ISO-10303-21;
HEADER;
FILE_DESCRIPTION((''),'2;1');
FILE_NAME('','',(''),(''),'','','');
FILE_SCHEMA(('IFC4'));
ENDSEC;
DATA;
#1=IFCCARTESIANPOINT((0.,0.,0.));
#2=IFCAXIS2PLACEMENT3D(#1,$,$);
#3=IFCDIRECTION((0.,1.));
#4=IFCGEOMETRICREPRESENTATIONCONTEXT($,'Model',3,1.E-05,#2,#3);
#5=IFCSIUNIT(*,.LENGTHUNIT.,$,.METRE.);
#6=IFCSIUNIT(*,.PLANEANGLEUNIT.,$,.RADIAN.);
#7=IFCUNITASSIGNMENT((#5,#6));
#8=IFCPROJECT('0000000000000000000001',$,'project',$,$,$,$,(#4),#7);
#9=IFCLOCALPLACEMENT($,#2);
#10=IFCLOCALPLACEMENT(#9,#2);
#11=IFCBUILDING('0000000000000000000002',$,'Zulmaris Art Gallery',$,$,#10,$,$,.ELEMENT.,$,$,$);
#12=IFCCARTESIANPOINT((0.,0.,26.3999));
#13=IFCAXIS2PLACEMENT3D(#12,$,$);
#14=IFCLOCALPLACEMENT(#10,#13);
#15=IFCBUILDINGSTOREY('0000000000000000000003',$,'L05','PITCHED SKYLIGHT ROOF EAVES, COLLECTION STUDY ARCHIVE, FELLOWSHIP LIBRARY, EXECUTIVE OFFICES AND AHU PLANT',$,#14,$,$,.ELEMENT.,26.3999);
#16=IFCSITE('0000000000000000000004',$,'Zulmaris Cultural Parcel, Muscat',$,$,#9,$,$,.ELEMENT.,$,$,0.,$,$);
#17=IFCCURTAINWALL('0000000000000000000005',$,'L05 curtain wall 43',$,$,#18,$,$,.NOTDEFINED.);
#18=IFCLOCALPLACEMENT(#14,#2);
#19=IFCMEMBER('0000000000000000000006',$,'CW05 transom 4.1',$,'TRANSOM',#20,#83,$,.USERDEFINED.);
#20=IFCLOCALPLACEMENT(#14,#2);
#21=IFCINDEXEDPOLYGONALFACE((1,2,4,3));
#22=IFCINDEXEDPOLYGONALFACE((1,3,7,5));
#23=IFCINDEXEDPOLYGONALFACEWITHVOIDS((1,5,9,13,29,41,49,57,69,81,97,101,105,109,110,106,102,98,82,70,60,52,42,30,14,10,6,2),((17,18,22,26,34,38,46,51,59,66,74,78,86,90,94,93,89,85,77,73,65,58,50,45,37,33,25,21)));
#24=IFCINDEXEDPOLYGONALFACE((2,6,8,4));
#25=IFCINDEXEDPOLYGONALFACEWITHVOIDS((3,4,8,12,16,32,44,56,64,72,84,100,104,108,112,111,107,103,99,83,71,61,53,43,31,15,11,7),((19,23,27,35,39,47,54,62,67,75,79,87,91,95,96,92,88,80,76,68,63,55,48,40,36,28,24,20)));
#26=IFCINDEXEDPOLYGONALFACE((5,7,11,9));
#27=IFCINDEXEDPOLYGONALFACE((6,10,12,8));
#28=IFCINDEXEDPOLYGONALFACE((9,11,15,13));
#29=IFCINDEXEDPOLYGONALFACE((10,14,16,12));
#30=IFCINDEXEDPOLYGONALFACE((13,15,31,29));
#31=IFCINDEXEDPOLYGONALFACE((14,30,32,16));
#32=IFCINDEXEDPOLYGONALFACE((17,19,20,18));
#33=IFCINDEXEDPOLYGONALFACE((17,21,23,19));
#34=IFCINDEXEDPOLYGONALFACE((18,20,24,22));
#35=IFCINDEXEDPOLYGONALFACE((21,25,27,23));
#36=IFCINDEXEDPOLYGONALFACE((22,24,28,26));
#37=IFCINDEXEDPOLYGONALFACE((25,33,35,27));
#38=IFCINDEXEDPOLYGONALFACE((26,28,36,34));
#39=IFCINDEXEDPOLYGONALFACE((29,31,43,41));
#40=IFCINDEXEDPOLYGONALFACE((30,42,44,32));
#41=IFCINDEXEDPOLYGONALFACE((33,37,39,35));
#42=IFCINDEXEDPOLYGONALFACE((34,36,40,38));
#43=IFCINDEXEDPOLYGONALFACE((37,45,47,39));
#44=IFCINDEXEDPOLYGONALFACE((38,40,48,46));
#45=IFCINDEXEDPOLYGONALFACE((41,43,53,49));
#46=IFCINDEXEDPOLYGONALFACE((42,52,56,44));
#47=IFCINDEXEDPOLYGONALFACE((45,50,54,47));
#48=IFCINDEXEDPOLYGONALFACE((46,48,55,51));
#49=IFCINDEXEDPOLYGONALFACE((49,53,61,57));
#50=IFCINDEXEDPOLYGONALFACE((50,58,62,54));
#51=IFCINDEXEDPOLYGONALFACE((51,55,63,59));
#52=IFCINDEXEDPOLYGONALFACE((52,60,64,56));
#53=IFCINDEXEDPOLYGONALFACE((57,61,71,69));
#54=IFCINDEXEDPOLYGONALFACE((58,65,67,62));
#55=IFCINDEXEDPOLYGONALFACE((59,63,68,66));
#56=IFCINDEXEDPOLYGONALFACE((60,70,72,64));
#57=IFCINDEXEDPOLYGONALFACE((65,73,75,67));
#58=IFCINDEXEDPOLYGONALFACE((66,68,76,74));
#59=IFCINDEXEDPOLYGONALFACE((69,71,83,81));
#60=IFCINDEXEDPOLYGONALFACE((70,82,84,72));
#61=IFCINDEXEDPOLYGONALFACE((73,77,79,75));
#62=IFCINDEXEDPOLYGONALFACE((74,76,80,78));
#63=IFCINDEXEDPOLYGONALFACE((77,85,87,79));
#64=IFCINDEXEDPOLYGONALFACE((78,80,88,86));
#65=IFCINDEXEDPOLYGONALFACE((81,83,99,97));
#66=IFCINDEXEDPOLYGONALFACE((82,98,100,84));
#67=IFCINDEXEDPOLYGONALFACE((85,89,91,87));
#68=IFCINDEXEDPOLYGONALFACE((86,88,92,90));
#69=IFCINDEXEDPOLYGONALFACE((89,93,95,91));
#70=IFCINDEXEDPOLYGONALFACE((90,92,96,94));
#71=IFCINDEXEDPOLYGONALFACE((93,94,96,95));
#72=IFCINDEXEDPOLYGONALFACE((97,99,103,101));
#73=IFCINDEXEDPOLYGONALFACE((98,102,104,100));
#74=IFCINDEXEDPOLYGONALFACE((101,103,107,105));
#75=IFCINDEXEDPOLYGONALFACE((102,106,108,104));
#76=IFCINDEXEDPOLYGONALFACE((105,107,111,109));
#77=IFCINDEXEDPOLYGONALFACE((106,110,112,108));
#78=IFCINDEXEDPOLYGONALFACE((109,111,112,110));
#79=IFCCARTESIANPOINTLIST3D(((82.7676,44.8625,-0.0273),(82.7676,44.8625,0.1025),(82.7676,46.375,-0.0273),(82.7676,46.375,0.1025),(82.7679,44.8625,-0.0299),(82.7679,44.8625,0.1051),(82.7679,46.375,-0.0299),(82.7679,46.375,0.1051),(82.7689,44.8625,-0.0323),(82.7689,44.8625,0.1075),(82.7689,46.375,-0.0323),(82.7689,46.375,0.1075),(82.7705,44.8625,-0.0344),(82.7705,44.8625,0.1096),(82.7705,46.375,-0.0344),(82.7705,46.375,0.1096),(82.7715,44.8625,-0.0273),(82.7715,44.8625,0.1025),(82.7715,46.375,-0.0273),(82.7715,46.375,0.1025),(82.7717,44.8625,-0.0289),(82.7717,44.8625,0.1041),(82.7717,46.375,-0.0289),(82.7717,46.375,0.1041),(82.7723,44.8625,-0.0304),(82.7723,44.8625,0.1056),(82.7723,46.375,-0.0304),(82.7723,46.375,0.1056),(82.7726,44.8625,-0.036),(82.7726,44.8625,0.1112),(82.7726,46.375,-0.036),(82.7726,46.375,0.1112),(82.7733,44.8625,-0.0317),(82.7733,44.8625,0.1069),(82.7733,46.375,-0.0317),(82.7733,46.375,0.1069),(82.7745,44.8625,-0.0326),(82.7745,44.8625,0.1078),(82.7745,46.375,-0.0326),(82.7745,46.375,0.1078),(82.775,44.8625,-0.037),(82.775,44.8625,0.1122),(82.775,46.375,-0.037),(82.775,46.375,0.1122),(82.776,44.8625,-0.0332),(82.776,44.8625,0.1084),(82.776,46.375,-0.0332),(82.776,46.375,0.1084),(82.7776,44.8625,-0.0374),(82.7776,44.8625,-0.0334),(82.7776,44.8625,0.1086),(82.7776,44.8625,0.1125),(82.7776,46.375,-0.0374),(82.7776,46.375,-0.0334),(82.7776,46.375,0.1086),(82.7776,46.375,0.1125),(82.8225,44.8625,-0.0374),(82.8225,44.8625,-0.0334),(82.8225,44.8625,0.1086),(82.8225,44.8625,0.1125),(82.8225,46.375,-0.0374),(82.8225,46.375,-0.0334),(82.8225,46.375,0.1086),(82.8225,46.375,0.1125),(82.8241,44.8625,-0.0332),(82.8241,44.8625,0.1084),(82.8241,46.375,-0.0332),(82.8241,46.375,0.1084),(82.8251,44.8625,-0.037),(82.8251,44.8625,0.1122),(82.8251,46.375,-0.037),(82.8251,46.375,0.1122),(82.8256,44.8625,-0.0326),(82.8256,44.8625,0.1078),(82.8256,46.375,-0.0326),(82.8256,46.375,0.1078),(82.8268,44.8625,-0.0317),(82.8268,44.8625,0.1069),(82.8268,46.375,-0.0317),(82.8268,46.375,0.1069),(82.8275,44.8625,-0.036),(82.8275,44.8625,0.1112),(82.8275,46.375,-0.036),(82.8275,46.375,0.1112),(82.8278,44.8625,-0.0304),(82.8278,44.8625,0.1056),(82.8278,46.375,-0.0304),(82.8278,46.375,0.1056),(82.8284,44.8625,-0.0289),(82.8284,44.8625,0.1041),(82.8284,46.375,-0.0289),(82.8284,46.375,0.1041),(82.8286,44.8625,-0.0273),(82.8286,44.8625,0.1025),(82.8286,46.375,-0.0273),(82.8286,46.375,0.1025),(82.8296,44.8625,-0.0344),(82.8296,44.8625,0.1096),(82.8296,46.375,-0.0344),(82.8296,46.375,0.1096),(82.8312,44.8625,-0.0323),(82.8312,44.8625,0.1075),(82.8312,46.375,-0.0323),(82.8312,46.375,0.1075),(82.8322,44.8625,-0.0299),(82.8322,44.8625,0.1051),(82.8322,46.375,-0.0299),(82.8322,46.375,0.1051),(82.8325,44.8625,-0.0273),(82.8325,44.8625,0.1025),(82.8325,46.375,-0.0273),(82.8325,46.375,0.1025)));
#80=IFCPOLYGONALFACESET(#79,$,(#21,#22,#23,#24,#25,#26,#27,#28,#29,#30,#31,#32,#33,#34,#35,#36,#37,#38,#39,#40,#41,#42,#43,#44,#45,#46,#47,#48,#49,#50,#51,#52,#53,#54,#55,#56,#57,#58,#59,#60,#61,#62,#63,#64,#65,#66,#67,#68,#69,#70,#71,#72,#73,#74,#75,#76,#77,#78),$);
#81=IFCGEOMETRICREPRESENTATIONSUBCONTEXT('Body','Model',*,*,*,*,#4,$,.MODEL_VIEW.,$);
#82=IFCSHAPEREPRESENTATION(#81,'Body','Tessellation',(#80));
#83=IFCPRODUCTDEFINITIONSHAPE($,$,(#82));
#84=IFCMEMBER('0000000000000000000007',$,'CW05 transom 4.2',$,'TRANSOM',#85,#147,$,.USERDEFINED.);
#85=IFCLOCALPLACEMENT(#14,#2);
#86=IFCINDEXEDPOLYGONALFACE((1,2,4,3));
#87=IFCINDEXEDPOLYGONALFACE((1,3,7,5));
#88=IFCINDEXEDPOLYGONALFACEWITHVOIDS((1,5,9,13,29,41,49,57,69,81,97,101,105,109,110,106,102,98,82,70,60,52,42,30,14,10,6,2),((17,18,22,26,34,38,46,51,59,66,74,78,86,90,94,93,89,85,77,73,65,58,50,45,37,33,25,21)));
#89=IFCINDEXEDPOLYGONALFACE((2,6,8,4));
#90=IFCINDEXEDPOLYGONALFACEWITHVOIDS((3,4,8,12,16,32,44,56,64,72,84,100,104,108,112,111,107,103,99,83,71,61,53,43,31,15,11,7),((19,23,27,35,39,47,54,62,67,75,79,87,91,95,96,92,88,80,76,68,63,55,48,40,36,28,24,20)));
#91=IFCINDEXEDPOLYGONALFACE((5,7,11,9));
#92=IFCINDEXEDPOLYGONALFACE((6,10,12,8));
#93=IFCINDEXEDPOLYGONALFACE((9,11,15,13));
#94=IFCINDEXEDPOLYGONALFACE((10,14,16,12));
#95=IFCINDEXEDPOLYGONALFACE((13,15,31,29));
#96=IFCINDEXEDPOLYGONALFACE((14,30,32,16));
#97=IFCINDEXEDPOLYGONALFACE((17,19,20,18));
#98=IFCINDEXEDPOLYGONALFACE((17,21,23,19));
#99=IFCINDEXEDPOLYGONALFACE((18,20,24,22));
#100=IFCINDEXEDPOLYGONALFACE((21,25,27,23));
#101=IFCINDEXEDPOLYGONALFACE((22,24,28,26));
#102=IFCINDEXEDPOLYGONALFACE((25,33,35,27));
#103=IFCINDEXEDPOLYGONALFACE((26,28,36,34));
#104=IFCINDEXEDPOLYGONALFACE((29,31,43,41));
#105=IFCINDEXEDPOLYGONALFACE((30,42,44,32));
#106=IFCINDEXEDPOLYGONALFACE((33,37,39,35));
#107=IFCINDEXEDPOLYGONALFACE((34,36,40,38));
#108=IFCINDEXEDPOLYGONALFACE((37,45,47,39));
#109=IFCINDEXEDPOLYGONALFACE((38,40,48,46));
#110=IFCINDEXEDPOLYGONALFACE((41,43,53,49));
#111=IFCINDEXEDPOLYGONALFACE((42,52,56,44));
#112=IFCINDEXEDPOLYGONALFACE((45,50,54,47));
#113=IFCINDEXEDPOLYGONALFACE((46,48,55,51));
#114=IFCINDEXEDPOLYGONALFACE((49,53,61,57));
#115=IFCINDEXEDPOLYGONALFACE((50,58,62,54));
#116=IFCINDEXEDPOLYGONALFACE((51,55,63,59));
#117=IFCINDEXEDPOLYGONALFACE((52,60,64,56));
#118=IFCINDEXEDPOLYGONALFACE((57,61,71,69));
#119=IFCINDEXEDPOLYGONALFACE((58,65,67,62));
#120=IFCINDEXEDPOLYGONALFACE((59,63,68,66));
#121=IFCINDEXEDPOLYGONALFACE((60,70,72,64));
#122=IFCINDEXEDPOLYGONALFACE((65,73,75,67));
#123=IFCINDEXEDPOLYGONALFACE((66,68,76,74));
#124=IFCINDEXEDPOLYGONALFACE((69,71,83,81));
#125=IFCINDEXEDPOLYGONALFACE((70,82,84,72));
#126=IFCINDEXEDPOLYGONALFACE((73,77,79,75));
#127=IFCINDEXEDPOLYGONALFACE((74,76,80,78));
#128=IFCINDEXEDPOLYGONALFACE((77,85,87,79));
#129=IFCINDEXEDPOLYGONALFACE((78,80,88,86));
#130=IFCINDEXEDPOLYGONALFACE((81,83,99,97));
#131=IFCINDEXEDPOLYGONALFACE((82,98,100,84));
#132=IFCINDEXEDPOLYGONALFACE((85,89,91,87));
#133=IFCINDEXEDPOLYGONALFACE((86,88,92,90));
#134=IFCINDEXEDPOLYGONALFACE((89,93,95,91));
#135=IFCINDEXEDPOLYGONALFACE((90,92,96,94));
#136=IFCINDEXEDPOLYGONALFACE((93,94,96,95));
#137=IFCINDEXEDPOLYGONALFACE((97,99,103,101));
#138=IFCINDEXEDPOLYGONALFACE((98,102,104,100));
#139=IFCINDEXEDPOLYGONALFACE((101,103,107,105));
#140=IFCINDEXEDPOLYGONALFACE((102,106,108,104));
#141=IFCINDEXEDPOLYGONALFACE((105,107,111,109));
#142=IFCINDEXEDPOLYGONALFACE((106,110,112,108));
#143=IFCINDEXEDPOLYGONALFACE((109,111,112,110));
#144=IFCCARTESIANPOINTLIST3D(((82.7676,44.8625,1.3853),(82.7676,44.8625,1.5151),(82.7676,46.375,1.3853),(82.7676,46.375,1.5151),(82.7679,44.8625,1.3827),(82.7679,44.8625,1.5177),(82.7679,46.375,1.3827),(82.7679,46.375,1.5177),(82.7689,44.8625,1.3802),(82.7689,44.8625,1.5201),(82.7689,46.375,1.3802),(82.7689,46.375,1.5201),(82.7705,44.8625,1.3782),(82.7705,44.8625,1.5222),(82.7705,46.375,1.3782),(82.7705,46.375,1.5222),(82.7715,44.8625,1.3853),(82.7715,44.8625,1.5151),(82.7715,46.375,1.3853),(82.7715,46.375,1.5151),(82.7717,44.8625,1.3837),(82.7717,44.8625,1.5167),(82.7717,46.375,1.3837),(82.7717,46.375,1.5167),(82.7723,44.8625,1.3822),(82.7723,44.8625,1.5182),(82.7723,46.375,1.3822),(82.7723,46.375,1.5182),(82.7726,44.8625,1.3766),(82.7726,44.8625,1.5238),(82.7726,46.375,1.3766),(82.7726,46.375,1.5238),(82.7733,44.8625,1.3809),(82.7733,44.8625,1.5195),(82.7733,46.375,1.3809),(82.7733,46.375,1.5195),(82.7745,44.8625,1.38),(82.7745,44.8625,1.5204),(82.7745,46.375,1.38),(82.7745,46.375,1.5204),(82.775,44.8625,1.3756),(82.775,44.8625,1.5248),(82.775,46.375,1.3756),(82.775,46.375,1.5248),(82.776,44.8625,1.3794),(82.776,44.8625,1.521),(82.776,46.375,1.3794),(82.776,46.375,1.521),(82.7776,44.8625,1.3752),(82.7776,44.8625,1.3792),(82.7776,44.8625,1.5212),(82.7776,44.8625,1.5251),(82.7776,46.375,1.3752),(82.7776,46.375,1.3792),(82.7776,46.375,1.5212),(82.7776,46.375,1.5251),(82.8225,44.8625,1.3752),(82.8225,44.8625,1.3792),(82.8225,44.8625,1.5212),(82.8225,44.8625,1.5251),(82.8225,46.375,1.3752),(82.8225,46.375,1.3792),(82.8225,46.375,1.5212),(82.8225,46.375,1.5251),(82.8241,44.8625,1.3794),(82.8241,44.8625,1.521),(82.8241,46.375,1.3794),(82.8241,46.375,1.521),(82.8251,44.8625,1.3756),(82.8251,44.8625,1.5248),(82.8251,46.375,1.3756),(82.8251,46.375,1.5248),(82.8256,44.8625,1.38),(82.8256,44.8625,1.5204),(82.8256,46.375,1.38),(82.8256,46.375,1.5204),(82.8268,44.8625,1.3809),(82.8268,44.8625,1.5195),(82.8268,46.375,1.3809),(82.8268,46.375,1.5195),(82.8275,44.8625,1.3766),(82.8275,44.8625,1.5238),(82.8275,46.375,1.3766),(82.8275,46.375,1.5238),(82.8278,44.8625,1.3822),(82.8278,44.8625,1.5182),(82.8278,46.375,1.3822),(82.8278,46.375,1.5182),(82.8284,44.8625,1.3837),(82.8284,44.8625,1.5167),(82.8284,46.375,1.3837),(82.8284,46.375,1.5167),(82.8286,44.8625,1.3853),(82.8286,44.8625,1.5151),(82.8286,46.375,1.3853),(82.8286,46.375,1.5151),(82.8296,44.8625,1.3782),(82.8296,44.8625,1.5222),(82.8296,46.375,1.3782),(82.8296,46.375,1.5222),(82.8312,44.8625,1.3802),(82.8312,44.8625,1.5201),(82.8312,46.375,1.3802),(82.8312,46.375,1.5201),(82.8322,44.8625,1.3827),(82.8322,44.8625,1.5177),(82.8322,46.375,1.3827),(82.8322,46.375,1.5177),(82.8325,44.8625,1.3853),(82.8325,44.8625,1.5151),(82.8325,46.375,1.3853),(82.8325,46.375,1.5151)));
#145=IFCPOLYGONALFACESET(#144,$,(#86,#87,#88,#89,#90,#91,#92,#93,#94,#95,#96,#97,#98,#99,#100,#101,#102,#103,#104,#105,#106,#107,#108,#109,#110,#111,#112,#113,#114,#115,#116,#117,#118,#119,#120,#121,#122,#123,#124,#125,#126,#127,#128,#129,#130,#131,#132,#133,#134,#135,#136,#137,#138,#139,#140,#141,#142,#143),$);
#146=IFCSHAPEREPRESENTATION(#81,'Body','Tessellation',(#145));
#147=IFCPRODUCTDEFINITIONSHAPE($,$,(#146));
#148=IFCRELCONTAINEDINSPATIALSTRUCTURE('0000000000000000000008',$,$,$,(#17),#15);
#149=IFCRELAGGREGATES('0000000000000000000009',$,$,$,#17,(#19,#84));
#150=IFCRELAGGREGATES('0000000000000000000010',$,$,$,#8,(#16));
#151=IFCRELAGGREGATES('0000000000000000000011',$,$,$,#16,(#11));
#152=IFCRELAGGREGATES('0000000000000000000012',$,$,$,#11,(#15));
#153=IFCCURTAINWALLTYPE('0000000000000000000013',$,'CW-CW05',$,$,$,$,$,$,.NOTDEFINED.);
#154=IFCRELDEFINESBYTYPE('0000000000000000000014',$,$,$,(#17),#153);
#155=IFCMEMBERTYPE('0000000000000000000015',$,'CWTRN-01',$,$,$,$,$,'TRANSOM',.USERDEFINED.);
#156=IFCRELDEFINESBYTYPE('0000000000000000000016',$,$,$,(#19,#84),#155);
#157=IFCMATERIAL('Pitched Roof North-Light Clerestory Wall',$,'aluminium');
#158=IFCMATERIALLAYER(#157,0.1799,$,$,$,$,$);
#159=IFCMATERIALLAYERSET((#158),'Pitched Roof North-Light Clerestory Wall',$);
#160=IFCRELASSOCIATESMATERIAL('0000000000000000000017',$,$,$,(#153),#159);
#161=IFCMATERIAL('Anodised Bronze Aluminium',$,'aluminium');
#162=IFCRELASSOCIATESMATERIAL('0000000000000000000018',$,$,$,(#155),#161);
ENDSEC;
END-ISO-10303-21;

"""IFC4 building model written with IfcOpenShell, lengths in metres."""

from ifc_helpers import new_model, si_unit, direction, frame, origin, origin_2d, place, context, subcontext, project, spatial, hollow_rectangle, extrude, material, layer, layer_set, material_profile, profile_set, type_object, element, aggregate, save


model = new_model("IFC4")

# Units and contexts
model_context = context("Model", 3, precision=1e-05, world=origin(), true_north=direction((0.0, 1.0)))
body_context = subcontext(model_context, "Body", "Model", "MODEL_VIEW")
ifc_project = project(units=[si_unit("LENGTHUNIT", "METRE"), si_unit("PLANEANGLEUNIT", "RADIAN")], contexts=[model_context])

# Site, building, storey
site_placement = place(None, origin())
site = spatial("IfcSite", under=ifc_project, at=site_placement, Name="Zulmaris Cultural Parcel, Muscat", CompositionType="ELEMENT", RefElevation=0.0)
building_placement = place(site_placement, origin())
building = spatial("IfcBuilding", under=site, at=building_placement, Name="Zulmaris Art Gallery", CompositionType="ELEMENT")
storey_placement = place(building_placement, frame((0.0, 0.0, 26.3999)))
storey = spatial("IfcBuildingStorey", under=building, at=storey_placement, Name="L05", Description="PITCHED SKYLIGHT ROOF EAVES, COLLECTION STUDY ARCHIVE, FELLOWSHIP LIBRARY, EXECUTIVE OFFICES AND AHU PLANT", CompositionType="ELEMENT", Elevation=26.3999)

# Curtain wall, members
ifc_material_1 = material(Name="Pitched Roof North-Light Clerestory Wall", Category="aluminium")
ifc_layer_1 = layer(ifc_material_1, 0.1799)
ifc_layer_set_1 = layer_set([ifc_layer_1], Name="Pitched Roof North-Light Clerestory Wall")
curtain_wall_type = type_object("IfcCurtainWallType", Name="CW-CW05", PredefinedType="NOTDEFINED", material=ifc_layer_set_1)
curtain_wall_placement = place(storey_placement, origin())
curtain_wall = element("IfcCurtainWall", 1, at=curtain_wall_placement, inside=storey, type_object=curtain_wall_type, Name="L05 curtain wall 43", PredefinedType="NOTDEFINED")
ifc_material_2 = material(Name="Anodised Bronze Aluminium", Category="aluminium")
ifc_material_profile_1 = material_profile(ifc_material_2, hollow_rectangle(XDim=0.0649, YDim=0.1499, WallThickness=0.0039, InnerFilletRadius=0.0061, OuterFilletRadius=0.01, at=origin_2d()), Name="ALU 65x150x4")
ifc_profile_set_1 = profile_set([ifc_material_profile_1], Name="Anodised Bronze Aluminium")
member_type_1 = type_object("IfcMemberType", Name="CWTRN-01", ElementType="TRANSOM", PredefinedType="USERDEFINED", material=ifc_profile_set_1)
member_1_placement = place(storey_placement, frame((82.8, 44.8625, 0.0376), z_axis=(0.0, 1.0, 0.0), x_axis=(-1.0, 0.0, 0.0)))
member_1 = element("IfcMember", 2, at=member_1_placement, type_object=member_type_1, Name="CW05 transom 4.1", ObjectType="TRANSOM", PredefinedType="USERDEFINED", context=body_context, shape_type="SweptSolid", body=[
    extrude(hollow_rectangle(XDim=0.0649, YDim=0.1499, WallThickness=0.0039, InnerFilletRadius=0.0061, OuterFilletRadius=0.01, at=origin_2d()), origin(), (0.0, 0.0, 1.0), 1.5125),
])
member_2_placement = place(storey_placement, frame((82.8, 44.8625, 1.4502), z_axis=(0.0, 1.0, 0.0), x_axis=(-1.0, 0.0, 0.0)))
member_2 = element("IfcMember", 3, at=member_2_placement, type_object=member_type_1, Name="CW05 transom 4.2", ObjectType="TRANSOM", PredefinedType="USERDEFINED", context=body_context, shape_type="SweptSolid", body=[
    extrude(hollow_rectangle(XDim=0.0649, YDim=0.1499, WallThickness=0.0039, InnerFilletRadius=0.0061, OuterFilletRadius=0.01, at=origin_2d()), origin(), (0.0, 0.0, 1.0), 1.5125),
])
aggregate(curtain_wall, [member_1, member_2])

save(model, "model.ifc")
